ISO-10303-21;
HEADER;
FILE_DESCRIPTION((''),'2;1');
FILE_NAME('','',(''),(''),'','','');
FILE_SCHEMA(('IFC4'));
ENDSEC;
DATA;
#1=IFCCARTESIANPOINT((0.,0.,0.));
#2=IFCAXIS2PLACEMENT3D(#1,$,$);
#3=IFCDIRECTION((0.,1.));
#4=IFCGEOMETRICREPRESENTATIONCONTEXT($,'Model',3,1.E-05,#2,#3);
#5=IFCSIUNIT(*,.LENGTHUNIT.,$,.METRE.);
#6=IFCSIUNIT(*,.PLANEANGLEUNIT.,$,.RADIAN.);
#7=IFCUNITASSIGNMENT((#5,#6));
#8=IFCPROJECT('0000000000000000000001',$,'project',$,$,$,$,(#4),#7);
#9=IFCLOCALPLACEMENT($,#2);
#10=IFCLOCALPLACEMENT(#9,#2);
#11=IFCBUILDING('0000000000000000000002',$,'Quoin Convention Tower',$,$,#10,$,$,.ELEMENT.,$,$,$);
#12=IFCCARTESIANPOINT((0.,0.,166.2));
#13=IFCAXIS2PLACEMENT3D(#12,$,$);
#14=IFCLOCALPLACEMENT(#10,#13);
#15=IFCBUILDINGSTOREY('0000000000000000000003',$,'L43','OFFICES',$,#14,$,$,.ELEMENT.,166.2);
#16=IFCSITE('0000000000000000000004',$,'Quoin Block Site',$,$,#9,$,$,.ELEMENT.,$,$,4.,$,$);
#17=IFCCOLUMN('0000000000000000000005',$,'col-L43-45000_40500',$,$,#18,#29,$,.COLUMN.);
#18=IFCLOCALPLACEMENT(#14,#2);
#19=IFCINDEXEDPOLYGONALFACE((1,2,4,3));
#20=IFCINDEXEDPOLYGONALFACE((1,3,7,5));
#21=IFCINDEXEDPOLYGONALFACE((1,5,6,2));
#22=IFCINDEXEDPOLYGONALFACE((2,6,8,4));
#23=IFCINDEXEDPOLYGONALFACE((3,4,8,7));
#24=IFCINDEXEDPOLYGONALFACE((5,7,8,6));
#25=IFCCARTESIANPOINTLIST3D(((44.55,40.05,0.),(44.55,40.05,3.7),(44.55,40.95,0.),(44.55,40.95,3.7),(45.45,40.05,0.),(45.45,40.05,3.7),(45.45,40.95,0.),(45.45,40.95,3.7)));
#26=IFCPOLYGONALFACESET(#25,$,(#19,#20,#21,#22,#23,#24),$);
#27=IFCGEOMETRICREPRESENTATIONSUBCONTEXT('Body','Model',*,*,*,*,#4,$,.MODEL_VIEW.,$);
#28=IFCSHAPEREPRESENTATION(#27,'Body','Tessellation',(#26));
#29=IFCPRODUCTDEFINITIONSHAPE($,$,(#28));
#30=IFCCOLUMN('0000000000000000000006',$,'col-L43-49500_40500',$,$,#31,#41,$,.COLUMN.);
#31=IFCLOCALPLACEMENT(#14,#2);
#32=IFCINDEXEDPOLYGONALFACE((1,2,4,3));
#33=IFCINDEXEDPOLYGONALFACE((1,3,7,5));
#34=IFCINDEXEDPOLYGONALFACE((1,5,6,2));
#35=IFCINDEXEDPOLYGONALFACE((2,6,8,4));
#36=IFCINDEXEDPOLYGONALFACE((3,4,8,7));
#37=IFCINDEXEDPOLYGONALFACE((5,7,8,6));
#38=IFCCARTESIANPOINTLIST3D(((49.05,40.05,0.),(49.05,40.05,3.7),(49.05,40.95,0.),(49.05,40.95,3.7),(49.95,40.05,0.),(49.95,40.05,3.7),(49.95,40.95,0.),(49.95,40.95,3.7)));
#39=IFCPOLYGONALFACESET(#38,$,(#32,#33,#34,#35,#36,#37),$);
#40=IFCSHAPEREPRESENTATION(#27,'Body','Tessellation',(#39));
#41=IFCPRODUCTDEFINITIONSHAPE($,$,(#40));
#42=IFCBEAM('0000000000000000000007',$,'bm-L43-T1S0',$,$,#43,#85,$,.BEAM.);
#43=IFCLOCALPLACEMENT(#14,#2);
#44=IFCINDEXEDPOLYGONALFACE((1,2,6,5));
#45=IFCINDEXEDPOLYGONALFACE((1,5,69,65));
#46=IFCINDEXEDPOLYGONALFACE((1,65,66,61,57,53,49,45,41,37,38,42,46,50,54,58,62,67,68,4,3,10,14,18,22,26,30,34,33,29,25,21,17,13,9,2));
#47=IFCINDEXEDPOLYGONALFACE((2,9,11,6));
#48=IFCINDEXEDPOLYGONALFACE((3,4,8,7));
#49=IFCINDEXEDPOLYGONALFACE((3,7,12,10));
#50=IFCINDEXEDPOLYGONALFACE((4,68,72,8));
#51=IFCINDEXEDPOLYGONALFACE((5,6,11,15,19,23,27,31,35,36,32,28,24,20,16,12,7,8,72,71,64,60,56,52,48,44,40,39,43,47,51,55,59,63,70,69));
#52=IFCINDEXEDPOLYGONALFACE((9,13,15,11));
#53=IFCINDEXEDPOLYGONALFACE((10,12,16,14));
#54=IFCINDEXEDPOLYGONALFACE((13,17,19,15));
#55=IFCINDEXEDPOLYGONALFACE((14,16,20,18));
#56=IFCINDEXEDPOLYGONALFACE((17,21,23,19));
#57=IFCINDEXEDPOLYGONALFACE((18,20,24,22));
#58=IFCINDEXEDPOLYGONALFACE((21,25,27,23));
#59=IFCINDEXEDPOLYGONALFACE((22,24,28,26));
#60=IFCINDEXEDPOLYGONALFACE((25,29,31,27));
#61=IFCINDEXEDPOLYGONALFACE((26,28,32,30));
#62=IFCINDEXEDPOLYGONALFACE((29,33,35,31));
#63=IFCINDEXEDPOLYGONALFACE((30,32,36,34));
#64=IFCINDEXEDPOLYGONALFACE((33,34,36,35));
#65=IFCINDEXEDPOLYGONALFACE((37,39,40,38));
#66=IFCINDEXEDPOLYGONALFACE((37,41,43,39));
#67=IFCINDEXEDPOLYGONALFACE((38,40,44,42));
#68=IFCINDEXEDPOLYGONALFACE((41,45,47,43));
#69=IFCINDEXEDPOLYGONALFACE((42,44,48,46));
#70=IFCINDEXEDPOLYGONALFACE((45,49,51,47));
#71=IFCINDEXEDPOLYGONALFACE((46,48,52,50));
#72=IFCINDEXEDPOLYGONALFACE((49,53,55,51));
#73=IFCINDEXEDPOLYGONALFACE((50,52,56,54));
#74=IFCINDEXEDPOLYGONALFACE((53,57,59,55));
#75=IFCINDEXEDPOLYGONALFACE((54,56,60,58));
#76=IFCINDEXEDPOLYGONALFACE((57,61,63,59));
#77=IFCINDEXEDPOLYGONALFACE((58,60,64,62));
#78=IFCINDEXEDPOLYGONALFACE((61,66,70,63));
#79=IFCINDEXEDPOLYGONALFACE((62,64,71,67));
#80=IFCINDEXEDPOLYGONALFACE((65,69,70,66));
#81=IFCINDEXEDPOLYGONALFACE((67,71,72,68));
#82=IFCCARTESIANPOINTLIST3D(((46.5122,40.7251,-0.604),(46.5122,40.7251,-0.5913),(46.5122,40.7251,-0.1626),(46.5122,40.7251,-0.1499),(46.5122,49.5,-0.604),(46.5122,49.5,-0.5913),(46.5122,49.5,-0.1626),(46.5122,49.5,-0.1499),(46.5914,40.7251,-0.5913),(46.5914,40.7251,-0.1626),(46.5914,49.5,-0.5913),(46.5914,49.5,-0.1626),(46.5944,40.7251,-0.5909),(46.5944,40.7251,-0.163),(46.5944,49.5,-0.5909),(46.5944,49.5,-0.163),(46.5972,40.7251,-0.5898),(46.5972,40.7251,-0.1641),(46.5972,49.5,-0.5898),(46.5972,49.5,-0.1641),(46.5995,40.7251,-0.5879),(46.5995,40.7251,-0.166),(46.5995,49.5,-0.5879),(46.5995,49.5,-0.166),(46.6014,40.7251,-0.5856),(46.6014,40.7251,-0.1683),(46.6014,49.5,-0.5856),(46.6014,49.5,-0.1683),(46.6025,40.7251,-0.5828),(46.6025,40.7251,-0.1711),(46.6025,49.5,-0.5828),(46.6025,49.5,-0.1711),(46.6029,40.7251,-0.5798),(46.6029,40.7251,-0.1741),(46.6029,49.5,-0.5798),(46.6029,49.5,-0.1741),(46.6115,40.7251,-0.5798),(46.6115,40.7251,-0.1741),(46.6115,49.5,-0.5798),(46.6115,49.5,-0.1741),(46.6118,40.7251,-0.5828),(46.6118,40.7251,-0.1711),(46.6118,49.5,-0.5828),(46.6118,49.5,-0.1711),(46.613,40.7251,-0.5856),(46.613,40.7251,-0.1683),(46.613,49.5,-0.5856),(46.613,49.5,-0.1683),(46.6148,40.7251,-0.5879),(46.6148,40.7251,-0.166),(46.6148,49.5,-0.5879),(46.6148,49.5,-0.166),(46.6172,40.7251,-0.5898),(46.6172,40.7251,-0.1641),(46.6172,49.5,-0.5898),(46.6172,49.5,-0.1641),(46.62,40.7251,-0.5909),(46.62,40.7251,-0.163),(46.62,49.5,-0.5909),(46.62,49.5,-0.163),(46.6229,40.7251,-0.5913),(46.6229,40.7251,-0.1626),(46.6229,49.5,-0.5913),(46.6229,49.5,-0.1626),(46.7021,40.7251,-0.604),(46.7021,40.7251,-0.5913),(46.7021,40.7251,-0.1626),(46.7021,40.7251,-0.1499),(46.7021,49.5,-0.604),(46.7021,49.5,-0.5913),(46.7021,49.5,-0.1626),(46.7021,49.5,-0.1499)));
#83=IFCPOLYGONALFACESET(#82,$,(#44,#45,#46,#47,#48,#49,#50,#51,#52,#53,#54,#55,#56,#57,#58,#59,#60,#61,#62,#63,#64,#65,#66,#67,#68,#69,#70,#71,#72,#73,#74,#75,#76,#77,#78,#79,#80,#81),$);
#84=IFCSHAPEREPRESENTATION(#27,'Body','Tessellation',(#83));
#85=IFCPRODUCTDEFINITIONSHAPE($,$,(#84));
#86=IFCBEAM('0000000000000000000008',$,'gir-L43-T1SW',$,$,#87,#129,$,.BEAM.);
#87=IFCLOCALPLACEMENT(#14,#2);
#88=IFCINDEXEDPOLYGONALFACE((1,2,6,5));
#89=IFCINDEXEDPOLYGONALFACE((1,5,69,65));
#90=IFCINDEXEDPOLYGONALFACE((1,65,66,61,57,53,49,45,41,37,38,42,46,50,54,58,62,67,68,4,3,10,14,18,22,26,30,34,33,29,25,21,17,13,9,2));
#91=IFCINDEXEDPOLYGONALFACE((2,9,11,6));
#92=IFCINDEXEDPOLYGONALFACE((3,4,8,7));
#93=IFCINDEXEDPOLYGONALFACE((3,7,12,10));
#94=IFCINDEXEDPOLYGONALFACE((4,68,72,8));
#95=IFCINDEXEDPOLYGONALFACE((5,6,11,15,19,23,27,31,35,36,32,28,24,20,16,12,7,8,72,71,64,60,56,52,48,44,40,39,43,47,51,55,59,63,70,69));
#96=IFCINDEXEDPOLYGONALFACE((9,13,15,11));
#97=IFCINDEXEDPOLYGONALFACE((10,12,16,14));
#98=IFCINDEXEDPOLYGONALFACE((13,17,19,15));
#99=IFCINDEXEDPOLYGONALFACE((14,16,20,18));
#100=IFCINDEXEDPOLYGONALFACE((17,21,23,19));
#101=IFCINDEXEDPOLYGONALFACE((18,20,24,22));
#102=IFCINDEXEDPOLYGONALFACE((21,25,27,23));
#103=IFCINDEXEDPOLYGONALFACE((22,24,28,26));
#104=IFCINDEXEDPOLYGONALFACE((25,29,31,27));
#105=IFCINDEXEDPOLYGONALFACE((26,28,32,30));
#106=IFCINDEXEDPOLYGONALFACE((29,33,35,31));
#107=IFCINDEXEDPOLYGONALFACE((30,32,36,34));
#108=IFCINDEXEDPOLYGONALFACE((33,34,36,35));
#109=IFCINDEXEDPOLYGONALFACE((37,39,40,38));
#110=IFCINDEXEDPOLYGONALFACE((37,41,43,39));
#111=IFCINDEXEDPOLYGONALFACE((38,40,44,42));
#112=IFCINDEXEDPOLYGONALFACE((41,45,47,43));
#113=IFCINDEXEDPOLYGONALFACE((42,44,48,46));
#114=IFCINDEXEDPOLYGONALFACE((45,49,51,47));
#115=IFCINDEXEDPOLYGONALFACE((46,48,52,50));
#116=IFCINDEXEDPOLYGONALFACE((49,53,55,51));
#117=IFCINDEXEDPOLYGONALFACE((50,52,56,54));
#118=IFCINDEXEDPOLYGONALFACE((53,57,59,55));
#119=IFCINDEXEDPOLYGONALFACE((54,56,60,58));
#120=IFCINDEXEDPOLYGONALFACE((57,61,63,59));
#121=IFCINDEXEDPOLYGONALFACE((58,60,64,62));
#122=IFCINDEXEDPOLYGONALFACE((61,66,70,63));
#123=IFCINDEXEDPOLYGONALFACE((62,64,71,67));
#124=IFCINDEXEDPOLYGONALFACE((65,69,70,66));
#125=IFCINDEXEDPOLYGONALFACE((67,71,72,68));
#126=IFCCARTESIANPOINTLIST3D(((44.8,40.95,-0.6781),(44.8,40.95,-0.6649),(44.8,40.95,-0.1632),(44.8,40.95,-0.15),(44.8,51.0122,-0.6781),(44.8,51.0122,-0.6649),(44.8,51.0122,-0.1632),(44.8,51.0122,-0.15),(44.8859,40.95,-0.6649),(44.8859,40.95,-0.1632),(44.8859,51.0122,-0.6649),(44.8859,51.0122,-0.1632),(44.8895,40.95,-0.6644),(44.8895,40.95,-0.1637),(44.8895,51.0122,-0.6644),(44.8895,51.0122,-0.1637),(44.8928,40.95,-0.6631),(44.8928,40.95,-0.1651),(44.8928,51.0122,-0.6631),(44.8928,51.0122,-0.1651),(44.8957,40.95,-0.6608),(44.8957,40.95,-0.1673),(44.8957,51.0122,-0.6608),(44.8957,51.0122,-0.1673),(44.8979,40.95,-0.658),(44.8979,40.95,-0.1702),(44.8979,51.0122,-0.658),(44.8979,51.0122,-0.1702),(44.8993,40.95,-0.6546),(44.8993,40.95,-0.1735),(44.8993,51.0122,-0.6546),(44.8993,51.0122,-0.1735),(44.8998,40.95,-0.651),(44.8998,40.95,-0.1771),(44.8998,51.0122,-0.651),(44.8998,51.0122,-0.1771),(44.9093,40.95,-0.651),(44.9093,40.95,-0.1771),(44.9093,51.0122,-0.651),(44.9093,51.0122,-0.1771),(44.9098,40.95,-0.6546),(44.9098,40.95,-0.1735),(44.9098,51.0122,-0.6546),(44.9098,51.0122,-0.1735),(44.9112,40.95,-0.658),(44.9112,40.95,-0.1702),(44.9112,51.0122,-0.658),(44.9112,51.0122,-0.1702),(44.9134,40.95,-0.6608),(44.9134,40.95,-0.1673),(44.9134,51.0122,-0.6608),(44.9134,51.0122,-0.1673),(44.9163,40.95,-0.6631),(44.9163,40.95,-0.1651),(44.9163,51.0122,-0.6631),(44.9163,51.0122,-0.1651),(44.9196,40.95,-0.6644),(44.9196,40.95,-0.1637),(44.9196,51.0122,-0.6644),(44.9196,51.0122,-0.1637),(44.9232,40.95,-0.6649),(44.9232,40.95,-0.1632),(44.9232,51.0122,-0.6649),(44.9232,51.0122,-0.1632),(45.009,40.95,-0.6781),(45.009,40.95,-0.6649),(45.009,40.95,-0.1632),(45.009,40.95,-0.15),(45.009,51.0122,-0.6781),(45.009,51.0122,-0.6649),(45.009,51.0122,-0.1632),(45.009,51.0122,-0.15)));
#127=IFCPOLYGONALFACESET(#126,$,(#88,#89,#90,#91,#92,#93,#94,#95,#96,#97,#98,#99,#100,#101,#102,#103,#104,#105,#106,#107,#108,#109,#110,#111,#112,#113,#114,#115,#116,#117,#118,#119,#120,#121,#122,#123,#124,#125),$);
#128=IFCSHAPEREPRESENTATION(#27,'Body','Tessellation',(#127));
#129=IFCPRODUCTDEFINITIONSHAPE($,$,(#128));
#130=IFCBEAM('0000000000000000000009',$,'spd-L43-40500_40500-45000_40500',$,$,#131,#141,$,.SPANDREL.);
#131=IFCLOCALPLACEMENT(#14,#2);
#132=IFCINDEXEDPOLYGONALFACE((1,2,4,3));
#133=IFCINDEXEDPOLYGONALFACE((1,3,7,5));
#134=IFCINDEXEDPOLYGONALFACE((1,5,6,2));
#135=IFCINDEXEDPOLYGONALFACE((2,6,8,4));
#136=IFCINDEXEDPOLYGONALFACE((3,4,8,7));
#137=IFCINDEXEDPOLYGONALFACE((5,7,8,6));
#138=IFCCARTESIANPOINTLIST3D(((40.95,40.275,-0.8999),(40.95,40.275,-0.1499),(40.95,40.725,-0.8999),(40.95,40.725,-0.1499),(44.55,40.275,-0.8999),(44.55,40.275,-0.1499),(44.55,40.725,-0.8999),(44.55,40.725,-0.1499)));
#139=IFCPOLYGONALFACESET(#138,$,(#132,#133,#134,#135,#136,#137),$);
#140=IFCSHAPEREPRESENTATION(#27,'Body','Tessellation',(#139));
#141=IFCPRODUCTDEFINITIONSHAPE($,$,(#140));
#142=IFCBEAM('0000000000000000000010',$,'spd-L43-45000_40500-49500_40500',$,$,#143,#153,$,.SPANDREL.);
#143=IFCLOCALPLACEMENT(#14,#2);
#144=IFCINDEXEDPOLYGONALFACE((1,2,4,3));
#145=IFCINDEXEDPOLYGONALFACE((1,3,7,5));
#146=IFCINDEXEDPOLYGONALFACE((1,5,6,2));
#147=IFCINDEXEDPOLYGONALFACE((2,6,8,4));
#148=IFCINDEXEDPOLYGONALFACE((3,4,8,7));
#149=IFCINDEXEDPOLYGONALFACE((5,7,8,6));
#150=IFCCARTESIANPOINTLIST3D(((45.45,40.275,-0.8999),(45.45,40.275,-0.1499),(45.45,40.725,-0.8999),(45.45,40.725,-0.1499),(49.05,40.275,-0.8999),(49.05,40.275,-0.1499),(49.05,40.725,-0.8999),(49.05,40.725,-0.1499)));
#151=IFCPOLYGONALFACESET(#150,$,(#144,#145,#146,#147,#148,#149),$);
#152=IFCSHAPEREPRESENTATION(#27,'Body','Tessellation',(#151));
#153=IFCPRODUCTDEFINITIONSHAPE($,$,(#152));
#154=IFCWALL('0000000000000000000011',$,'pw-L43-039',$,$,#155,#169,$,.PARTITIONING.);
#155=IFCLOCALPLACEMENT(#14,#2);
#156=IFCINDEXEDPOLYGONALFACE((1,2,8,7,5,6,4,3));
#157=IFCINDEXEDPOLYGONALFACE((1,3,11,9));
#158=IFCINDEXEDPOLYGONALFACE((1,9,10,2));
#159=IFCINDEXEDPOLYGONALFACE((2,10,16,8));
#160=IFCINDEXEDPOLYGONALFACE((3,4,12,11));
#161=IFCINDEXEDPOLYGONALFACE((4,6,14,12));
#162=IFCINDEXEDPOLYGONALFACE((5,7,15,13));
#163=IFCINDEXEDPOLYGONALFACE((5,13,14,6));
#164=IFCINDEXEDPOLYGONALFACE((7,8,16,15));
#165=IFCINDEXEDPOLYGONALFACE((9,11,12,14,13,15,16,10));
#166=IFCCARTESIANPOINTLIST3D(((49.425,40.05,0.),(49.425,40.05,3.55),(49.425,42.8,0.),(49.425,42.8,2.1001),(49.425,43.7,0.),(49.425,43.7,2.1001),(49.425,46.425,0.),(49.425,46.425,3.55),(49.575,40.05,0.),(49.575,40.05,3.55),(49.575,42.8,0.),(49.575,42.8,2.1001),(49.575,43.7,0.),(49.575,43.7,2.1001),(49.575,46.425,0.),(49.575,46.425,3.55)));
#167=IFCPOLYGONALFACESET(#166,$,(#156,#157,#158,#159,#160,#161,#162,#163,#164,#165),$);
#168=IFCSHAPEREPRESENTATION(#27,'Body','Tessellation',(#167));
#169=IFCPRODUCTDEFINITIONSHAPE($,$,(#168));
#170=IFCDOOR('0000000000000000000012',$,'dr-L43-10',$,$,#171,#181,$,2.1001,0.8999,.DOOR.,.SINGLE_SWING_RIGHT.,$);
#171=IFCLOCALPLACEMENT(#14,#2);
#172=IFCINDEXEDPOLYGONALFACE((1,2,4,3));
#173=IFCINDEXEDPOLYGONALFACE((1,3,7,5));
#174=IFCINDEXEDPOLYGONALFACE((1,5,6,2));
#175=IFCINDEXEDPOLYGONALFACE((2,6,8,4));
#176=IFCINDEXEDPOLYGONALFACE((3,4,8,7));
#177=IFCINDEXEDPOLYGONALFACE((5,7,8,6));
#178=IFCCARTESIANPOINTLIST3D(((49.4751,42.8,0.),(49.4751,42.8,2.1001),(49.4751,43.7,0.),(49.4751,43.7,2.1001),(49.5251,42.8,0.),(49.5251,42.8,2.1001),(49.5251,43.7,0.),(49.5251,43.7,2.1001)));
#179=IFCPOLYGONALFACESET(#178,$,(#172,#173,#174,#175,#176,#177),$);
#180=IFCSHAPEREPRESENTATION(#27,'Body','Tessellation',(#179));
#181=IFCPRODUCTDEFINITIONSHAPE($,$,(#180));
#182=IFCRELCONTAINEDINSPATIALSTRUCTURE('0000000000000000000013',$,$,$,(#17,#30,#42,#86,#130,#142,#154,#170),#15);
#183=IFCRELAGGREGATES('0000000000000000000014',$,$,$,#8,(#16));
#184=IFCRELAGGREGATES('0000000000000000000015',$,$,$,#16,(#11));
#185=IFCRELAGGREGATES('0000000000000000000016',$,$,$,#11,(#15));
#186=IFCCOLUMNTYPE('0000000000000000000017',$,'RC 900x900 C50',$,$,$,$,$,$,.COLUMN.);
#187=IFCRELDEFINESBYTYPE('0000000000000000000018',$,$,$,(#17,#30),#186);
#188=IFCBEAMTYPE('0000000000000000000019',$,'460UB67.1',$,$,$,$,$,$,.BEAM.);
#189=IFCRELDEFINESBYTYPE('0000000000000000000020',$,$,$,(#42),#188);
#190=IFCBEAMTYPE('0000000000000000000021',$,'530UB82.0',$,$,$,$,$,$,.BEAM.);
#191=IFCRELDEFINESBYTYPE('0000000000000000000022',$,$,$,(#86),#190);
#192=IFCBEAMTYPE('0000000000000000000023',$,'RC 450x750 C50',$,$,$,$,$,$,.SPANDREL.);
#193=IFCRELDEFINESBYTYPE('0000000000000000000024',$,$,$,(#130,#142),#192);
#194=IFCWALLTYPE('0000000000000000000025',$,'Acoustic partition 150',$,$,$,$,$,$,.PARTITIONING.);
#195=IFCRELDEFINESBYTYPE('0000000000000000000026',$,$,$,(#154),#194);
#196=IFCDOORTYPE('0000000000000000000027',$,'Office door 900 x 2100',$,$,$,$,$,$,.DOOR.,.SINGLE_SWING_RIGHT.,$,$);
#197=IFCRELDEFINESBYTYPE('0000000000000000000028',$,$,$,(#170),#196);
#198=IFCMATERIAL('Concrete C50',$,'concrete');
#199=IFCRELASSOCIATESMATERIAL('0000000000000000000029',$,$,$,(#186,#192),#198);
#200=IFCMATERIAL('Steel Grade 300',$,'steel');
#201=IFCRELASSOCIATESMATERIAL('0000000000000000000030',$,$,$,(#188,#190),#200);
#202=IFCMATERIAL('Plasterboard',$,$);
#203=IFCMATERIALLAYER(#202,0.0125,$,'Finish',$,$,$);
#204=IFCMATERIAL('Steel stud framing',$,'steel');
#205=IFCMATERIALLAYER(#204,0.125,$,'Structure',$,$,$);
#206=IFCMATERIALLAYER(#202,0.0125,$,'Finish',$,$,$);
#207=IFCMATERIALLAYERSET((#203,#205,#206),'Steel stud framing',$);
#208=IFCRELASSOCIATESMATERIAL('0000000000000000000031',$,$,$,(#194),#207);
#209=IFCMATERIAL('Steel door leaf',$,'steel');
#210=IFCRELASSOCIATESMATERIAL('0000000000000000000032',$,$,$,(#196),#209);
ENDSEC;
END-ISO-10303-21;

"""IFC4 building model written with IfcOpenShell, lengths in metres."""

from ifc_helpers import new_model, si_unit, direction, frame, frame_2d, origin, origin_2d, place, context, subcontext, project, spatial, rectangle, i_section, extrude, material, layer, layer_set, material_profile, profile_set, type_object, element, fill, save


model = new_model("IFC4")

# Units and contexts
model_context = context("Model", 3, precision=1e-05, world=origin(), true_north=direction((0.0, 1.0)))
body_context = subcontext(model_context, "Body", "Model", "MODEL_VIEW")
ifc_project = project(units=[si_unit("LENGTHUNIT", "METRE"), si_unit("PLANEANGLEUNIT", "RADIAN")], contexts=[model_context])

# Site, building, storey
site_placement = place(None, origin())
site = spatial("IfcSite", under=ifc_project, at=site_placement, Name="Quoin Block Site", CompositionType="ELEMENT", RefElevation=4.0)
building_placement = place(site_placement, origin())
building = spatial("IfcBuilding", under=site, at=building_placement, Name="Quoin Convention Tower", CompositionType="ELEMENT")
storey_placement = place(building_placement, frame((0.0, 0.0, 166.2)))
storey = spatial("IfcBuildingStorey", under=building, at=storey_placement, Name="L43", Description="OFFICES", CompositionType="ELEMENT", Elevation=166.2)

# Columns
ifc_material_1 = material(Name="Concrete C50", Category="concrete")
ifc_material_profile_1 = material_profile(ifc_material_1, rectangle(XDim=0.8999, YDim=0.8999, at=origin_2d()), Name="RC 900x900")
ifc_profile_set_1 = profile_set([ifc_material_profile_1], Name="Concrete C50")
column_type = type_object("IfcColumnType", Name="RC 900x900 C50", PredefinedType="COLUMN", material=ifc_profile_set_1)
for number, where, z_axis, x_axis, name in (
    (1, (45.0, 40.5, 0.0), (0.0, 0.0, 1.0), (1.0, 0.0, 0.0), "col-L43-45000_40500"),
    (2, (49.5, 40.5, 0.0), (0.0, 0.0, 1.0), (1.0, 0.0, 0.0), "col-L43-49500_40500"),
):
    element("IfcColumn", number, at=place(storey_placement, frame(where, z_axis=z_axis, x_axis=x_axis)), inside=storey, type_object=column_type, Name=name, PredefinedType="COLUMN", context=body_context, shape_type="SweptSolid", body=[
        extrude(rectangle(XDim=0.8999, YDim=0.8999, at=origin_2d()), origin(), (0.0, 0.0, 1.0), 3.7),
    ])

# Beams
ifc_material_2 = material(Name="Steel Grade 300", Category="steel")
ifc_material_profile_2 = material_profile(ifc_material_2, i_section(OverallWidth=0.1899, OverallDepth=0.4541, WebThickness=0.0085, FlangeThickness=0.0127, FilletRadius=0.0115, at=origin_2d()), Name="460UB67.1")
ifc_profile_set_2 = profile_set([ifc_material_profile_2], Name="Steel Grade 300")
beam_type_1 = type_object("IfcBeamType", Name="460UB67.1", PredefinedType="BEAM", material=ifc_profile_set_2)
beam_1_placement = place(storey_placement, frame((46.6072, 40.7251, -0.377), z_axis=(0.0, 1.0, 0.0), x_axis=(-1.0, 0.0, 0.0)))
element("IfcBeam", 3, at=beam_1_placement, inside=storey, type_object=beam_type_1, Name="bm-L43-T1S0", PredefinedType="BEAM", context=body_context, shape_type="SweptSolid", body=[
    extrude(i_section(OverallWidth=0.1899, OverallDepth=0.4541, WebThickness=0.0085, FlangeThickness=0.0127, FilletRadius=0.0115, at=origin_2d()), origin(), (0.0, 0.0, 1.0), 8.7749),
])
ifc_material_profile_3 = material_profile(ifc_material_2, i_section(OverallWidth=0.209, OverallDepth=0.5281, WebThickness=0.0095, FlangeThickness=0.0132, FilletRadius=0.0139, at=origin_2d()), Name="530UB82.0")
ifc_profile_set_3 = profile_set([ifc_material_profile_3], Name="Steel Grade 300")
beam_type_2 = type_object("IfcBeamType", Name="530UB82.0", PredefinedType="BEAM", material=ifc_profile_set_3)
beam_2_placement = place(storey_placement, frame((44.9045, 40.95, -0.4141), z_axis=(0.0, 1.0, 0.0), x_axis=(-1.0, 0.0, 0.0)))
element("IfcBeam", 4, at=beam_2_placement, inside=storey, type_object=beam_type_2, Name="gir-L43-T1SW", PredefinedType="BEAM", context=body_context, shape_type="SweptSolid", body=[
    extrude(i_section(OverallWidth=0.209, OverallDepth=0.5281, WebThickness=0.0095, FlangeThickness=0.0132, FilletRadius=0.0139, at=origin_2d()), origin(), (0.0, 0.0, 1.0), 10.0623),
])
ifc_material_profile_4 = material_profile(ifc_material_1, rectangle(XDim=0.45, YDim=0.75, at=origin_2d()), Name="RC 450x750")
ifc_profile_set_4 = profile_set([ifc_material_profile_4], Name="Concrete C50")
beam_type_3 = type_object("IfcBeamType", Name="RC 450x750 C50", PredefinedType="SPANDREL", material=ifc_profile_set_4)
for number, where, z_axis, x_axis, name in (
    (5, (40.95, 40.5, -0.5249), (1.0, 0.0, 0.0), (0.0, 1.0, 0.0), "spd-L43-40500_40500-45000_40500"),
    (6, (45.45, 40.5, -0.5249), (1.0, 0.0, 0.0), (0.0, 1.0, 0.0), "spd-L43-45000_40500-49500_40500"),
):
    element("IfcBeam", number, at=place(storey_placement, frame(where, z_axis=z_axis, x_axis=x_axis)), inside=storey, type_object=beam_type_3, Name=name, PredefinedType="SPANDREL", context=body_context, shape_type="SweptSolid", body=[
        extrude(rectangle(XDim=0.45, YDim=0.75, at=origin_2d()), origin(), (0.0, 0.0, 1.0), 3.6001),
    ])

# Wall, opening, door
ifc_material_3 = material(Name="Plasterboard")
ifc_layer_1 = layer(ifc_material_3, 0.0125, Name="Finish")
ifc_material_4 = material(Name="Steel stud framing", Category="steel")
ifc_layer_2 = layer(ifc_material_4, 0.125, Name="Structure")
ifc_layer_3 = layer(ifc_material_3, 0.0125, Name="Finish")
ifc_layer_set_1 = layer_set([ifc_layer_1, ifc_layer_2, ifc_layer_3], Name="Steel stud framing")
wall_type_1 = type_object("IfcWallType", Name="Acoustic partition 150", PredefinedType="PARTITIONING", material=ifc_layer_set_1)
wall_1_placement = place(storey_placement, frame((49.5, 40.05, 0.0), z_axis=(0.0, 0.0, 1.0), x_axis=(0.0, 1.0, 0.0)))
wall_1 = element("IfcWall", 7, at=wall_1_placement, inside=storey, type_object=wall_type_1, Name="pw-L43-039", PredefinedType="PARTITIONING", context=body_context, shape_type="SweptSolid", body=[
    extrude(rectangle(XDim=6.375, YDim=0.1499, at=frame_2d((3.1875, 0.0))), origin(), (0.0, 0.0, 1.0), 3.55),
])
opening_1_placement = place(wall_1_placement, frame((2.75, 0.0, 0.0)))
opening_1 = element("IfcOpeningElement", 8, at=opening_1_placement, cuts=wall_1, PredefinedType="OPENING", context=body_context, shape_type="SweptSolid", body=[
    extrude(rectangle(XDim=0.8999, YDim=2.1001, at=frame_2d((0.45, 1.05))), frame((0.0, 0.085, 0.0), z_axis=(0.0, -1.0, 0.0), x_axis=(1.0, 0.0, 0.0)), (0.0, 0.0, 1.0), 0.1699),
])
ifc_material_5 = material(Name="Steel door leaf", Category="steel")
door_type_1 = type_object("IfcDoorType", Name="Office door 900 x 2100", OperationType="SINGLE_SWING_RIGHT", PredefinedType="DOOR", material=ifc_material_5)
door_1_placement = place(opening_1_placement, origin())
door_1 = element("IfcDoor", 9, at=door_1_placement, inside=storey, type_object=door_type_1, Name="dr-L43-10", OperationType="SINGLE_SWING_RIGHT", OverallHeight=2.1001, OverallWidth=0.8999, PredefinedType="DOOR", context=body_context, shape_type="SweptSolid", body=[
    extrude(rectangle(XDim=0.8999, YDim=2.1001, at=frame_2d((0.45, 1.05))), frame((0.0, 0.0249, 0.0), z_axis=(0.0, -1.0, 0.0), x_axis=(1.0, 0.0, 0.0)), (0.0, 0.0, 1.0), 0.05),
])
fill(opening_1, door_1)

save(model, "model.ifc")
